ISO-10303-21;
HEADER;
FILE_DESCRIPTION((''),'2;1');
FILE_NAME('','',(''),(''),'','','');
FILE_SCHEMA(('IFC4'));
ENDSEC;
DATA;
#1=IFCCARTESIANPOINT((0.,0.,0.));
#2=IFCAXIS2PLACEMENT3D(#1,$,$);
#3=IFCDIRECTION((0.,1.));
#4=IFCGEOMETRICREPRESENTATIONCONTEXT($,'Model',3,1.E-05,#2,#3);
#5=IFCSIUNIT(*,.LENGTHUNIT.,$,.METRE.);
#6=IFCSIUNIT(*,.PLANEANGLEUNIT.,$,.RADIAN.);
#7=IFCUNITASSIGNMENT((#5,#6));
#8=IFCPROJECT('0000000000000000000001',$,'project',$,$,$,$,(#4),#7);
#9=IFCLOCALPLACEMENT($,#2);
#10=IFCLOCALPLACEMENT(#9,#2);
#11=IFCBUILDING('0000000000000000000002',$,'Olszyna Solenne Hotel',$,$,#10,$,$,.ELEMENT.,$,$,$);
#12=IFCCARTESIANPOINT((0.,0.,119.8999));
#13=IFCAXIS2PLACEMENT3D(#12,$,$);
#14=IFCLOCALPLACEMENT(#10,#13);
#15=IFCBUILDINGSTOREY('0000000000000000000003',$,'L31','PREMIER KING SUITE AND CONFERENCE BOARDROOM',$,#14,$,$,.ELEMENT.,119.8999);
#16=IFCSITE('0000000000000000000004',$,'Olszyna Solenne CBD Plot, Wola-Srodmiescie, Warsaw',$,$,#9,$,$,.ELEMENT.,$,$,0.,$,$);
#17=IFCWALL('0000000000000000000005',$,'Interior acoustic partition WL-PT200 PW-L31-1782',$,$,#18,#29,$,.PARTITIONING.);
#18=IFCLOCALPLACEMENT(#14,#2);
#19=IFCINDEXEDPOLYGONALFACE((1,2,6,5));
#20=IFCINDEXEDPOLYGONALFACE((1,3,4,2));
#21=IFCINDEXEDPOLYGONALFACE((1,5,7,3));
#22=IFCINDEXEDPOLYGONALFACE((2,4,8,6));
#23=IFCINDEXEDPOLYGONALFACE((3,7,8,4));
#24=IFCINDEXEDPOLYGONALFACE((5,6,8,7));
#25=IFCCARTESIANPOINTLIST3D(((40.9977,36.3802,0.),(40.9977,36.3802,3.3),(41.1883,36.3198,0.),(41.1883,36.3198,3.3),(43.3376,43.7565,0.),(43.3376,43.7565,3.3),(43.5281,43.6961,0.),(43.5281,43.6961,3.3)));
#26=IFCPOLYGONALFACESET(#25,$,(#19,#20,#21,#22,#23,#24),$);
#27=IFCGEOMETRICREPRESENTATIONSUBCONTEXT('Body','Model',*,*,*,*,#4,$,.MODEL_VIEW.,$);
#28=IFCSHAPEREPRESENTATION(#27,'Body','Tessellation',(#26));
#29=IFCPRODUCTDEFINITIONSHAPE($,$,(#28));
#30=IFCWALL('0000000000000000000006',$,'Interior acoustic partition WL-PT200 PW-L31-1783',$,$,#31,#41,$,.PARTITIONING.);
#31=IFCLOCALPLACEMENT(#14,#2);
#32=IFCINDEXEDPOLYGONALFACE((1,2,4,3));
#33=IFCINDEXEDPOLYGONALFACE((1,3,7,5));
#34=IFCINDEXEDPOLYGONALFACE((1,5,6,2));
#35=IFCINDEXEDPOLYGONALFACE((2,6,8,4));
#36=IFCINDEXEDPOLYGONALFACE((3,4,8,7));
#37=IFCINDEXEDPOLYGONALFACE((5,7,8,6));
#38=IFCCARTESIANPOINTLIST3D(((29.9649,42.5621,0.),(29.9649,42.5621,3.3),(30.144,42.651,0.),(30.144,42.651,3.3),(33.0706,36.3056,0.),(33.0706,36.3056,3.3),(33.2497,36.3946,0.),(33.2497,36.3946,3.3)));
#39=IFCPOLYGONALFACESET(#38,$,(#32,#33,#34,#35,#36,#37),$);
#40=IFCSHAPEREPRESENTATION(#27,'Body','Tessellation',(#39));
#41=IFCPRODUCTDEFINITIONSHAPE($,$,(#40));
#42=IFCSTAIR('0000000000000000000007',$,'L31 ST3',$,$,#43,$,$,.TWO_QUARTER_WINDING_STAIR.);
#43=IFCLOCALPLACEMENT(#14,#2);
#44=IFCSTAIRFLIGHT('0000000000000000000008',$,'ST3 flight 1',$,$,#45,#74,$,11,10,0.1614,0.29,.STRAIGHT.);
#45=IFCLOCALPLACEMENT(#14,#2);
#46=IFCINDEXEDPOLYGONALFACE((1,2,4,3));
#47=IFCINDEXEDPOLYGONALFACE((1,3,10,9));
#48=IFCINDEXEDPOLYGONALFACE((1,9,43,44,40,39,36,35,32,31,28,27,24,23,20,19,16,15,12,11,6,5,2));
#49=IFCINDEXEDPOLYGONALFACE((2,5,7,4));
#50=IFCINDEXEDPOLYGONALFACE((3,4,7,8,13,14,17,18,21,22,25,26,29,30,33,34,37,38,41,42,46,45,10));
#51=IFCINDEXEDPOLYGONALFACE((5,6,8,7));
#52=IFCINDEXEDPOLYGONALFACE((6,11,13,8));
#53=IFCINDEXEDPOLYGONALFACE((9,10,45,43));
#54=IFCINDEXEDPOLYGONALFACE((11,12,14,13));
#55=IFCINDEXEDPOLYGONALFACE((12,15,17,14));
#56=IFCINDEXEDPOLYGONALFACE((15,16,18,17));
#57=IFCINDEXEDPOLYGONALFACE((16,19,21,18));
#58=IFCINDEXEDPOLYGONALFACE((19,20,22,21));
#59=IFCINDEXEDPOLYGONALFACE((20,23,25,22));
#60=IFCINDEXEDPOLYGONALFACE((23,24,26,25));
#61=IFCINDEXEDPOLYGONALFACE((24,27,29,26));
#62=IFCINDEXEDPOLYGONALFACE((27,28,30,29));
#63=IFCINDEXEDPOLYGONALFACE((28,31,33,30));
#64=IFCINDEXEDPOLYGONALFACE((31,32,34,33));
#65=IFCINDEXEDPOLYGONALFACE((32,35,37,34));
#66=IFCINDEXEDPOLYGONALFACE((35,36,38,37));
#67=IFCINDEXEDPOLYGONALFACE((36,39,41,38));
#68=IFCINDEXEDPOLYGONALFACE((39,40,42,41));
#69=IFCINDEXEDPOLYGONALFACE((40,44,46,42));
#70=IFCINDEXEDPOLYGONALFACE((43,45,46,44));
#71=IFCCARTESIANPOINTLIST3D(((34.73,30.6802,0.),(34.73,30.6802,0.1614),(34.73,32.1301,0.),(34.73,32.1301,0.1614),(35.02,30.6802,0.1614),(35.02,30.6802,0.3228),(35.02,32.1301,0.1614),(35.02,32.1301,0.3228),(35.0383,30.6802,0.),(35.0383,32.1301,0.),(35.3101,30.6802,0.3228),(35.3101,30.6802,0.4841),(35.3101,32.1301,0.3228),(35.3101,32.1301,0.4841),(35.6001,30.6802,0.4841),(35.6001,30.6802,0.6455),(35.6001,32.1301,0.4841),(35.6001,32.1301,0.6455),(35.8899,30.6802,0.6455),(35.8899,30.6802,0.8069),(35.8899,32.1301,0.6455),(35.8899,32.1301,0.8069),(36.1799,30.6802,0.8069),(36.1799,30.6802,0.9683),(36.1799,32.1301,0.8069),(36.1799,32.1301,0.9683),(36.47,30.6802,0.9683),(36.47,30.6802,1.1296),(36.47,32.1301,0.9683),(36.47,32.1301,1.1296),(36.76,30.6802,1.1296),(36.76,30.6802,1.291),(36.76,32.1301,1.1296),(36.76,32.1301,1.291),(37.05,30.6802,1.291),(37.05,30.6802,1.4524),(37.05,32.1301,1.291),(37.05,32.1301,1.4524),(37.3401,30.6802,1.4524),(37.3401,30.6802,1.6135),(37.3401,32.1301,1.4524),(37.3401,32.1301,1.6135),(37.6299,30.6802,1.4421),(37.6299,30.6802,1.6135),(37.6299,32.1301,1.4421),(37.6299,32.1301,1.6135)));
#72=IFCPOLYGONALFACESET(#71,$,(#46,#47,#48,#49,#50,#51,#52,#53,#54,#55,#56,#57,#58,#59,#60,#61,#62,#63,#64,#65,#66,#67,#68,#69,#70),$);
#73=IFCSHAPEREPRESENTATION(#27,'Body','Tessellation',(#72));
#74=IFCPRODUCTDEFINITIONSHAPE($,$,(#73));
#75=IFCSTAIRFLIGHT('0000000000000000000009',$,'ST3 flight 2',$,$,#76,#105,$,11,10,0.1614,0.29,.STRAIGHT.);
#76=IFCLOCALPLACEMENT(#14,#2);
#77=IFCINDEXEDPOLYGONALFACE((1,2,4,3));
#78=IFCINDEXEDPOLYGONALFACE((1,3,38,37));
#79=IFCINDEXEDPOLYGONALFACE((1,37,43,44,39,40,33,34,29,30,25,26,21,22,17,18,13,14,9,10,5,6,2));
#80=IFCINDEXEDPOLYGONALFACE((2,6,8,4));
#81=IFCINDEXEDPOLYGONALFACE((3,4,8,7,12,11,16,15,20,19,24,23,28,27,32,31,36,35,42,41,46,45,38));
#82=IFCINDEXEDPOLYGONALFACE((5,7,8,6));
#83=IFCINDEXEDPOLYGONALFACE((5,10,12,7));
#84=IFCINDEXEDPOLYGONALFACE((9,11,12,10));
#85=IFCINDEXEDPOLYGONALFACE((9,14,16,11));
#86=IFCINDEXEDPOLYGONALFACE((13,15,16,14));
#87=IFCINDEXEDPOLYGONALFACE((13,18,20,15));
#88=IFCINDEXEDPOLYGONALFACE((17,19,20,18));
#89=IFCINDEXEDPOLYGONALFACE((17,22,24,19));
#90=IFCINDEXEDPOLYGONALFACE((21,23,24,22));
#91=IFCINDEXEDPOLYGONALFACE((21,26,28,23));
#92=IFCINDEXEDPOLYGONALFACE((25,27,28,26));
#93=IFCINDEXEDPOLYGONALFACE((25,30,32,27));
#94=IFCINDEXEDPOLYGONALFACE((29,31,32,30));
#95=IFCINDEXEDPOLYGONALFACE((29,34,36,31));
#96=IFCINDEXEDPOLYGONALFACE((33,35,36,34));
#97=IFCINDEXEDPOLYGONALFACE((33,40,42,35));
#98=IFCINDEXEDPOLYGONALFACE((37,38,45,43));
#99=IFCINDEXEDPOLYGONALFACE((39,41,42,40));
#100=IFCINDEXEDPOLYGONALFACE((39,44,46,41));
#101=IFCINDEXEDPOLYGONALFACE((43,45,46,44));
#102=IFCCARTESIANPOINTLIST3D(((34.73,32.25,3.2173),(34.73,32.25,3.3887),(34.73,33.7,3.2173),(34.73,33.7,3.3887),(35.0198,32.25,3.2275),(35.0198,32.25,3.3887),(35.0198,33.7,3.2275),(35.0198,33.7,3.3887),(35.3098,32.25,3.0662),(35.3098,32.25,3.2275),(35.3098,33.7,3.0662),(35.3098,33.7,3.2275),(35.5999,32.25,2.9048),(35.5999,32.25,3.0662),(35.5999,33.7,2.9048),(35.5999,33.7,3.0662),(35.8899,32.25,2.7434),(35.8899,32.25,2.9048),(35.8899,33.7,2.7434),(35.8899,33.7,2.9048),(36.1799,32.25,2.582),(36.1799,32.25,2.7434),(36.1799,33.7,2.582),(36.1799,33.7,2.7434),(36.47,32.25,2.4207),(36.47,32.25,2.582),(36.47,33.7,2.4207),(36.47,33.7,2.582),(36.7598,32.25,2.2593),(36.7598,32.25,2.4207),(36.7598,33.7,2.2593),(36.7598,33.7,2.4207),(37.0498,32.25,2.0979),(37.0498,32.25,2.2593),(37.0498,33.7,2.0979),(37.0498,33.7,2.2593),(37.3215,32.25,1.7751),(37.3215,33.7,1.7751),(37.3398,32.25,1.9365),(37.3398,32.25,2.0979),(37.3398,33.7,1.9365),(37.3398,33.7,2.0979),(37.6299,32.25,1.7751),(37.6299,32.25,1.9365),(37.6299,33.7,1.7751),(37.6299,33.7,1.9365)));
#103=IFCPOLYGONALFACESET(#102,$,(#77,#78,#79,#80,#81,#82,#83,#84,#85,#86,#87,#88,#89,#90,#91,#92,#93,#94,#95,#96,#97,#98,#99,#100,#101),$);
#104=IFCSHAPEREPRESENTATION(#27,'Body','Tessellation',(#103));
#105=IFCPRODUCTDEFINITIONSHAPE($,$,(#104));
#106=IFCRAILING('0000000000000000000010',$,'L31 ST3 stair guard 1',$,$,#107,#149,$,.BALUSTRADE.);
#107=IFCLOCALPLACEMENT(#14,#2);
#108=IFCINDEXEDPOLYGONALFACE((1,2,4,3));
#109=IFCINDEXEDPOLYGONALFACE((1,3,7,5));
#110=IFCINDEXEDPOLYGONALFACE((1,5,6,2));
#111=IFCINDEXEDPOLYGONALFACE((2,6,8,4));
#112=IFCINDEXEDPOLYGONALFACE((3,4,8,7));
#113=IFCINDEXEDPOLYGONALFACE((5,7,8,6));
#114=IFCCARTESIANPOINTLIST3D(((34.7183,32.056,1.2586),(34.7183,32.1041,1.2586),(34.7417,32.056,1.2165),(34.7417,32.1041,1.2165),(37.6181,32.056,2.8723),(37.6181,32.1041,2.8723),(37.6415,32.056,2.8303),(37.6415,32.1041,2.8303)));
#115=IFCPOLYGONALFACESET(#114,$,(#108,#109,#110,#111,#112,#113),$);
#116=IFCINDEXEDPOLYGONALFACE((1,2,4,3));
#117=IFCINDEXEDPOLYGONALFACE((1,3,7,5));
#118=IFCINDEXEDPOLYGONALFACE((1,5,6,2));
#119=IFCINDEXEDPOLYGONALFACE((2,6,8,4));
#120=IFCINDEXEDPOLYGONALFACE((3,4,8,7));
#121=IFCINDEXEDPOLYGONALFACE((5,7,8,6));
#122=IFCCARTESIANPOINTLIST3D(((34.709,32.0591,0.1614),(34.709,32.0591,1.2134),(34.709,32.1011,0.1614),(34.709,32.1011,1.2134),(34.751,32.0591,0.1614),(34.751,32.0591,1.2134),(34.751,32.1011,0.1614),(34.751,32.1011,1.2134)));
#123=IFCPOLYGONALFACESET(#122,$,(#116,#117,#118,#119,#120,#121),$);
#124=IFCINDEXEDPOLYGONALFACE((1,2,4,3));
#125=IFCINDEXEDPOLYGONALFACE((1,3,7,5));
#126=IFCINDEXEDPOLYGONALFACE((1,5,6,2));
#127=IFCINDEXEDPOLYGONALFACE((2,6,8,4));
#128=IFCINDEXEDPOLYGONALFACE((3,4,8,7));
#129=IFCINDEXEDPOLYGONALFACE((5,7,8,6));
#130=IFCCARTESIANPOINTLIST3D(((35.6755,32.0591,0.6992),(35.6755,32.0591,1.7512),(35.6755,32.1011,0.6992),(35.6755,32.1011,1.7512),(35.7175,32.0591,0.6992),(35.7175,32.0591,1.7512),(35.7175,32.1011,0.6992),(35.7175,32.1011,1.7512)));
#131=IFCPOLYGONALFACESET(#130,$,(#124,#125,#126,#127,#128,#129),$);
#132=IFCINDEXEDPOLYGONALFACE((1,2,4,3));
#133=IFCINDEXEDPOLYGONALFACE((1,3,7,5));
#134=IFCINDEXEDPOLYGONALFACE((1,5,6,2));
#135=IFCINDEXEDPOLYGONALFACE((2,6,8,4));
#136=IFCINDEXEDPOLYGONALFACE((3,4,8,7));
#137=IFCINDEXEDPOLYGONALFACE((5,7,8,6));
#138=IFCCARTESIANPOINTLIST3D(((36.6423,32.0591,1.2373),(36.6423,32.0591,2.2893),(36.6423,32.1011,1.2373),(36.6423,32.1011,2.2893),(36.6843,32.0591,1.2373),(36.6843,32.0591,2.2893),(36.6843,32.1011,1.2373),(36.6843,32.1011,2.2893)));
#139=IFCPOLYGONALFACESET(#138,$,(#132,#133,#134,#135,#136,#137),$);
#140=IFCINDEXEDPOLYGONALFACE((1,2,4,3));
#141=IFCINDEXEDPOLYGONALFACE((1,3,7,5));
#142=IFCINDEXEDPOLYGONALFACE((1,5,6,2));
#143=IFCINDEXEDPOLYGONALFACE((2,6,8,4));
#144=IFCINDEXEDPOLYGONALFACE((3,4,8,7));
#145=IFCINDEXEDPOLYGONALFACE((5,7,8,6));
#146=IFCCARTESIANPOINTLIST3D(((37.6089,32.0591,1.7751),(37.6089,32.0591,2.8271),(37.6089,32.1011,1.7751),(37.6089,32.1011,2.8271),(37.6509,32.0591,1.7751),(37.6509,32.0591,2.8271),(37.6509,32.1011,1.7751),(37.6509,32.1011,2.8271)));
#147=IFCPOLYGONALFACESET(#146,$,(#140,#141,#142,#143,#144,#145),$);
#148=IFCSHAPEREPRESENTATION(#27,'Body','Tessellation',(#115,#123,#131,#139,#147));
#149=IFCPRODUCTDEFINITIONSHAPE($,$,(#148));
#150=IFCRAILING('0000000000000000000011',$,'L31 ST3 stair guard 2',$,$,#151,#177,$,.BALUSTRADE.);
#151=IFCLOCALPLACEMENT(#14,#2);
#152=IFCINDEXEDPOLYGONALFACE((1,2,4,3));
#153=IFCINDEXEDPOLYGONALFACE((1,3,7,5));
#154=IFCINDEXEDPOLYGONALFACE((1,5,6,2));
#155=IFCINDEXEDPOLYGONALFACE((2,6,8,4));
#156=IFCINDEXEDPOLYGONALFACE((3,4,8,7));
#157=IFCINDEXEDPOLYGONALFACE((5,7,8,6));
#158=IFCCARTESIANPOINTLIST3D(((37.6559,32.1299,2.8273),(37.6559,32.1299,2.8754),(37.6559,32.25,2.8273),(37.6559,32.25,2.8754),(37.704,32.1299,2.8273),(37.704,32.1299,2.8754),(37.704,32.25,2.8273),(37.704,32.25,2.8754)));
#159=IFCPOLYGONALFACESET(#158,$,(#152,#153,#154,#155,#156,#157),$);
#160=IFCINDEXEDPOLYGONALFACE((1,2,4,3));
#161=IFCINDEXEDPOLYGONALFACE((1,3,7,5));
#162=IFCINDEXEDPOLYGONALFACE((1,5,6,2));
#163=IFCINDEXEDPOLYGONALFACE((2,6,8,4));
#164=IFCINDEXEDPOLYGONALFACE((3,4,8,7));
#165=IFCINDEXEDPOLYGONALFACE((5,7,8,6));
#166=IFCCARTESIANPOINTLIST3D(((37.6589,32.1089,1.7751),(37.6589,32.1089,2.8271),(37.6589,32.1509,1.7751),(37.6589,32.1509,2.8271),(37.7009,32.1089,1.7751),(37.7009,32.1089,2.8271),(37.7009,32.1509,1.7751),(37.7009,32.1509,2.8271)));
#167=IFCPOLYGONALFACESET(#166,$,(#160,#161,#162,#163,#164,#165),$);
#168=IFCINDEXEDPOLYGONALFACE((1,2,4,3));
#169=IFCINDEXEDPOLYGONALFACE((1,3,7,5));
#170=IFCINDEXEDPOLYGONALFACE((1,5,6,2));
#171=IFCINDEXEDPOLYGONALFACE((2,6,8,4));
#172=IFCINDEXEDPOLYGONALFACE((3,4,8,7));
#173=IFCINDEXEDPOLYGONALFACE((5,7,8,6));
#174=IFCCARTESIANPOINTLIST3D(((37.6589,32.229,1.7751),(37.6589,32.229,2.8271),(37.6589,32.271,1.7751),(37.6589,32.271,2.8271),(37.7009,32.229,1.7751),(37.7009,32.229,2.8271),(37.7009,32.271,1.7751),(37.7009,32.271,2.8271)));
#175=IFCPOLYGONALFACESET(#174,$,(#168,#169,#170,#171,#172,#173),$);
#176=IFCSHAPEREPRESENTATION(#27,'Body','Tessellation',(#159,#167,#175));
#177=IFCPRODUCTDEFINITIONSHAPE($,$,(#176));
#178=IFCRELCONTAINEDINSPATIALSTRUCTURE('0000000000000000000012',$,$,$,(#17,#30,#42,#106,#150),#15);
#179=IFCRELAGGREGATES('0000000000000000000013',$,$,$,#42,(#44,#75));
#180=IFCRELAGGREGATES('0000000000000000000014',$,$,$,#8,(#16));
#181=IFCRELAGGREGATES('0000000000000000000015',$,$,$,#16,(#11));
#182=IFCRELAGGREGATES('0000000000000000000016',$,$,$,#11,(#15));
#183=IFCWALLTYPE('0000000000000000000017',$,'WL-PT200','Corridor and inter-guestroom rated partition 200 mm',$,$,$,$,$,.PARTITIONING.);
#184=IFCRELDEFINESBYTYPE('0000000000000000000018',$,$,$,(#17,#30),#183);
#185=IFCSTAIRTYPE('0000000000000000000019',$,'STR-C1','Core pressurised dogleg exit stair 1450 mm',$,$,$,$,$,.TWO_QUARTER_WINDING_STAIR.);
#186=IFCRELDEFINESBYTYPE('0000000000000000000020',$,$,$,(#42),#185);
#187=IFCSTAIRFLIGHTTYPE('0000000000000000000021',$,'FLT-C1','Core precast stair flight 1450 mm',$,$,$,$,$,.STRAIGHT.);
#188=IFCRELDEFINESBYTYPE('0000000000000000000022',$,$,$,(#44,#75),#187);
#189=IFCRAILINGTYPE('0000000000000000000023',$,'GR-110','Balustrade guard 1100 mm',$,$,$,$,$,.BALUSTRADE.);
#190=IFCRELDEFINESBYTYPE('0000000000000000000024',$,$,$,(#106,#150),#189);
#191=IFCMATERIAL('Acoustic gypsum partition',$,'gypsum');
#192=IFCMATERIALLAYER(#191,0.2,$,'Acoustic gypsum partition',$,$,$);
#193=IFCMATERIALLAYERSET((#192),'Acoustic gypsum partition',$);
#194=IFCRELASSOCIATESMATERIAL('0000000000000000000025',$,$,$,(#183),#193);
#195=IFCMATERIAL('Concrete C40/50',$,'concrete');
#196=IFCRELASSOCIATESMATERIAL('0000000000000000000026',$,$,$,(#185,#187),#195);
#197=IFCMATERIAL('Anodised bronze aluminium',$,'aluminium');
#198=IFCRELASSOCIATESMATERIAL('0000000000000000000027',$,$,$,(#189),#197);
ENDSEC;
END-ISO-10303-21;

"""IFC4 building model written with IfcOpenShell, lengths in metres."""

from ifc_helpers import new_model, si_unit, direction, frame, frame_2d, origin, origin_2d, place, context, subcontext, project, spatial, polyline, rectangle, outline, extrude, material, layer, layer_set, type_object, element, aggregate, save


model = new_model("IFC4")

# Units and contexts
model_context = context("Model", 3, precision=1e-05, world=origin(), true_north=direction((0.0, 1.0)))
body_context = subcontext(model_context, "Body", "Model", "MODEL_VIEW")
ifc_project = project(units=[si_unit("LENGTHUNIT", "METRE"), si_unit("PLANEANGLEUNIT", "RADIAN")], contexts=[model_context])

# Site, building, storey
site_placement = place(None, origin())
site = spatial("IfcSite", under=ifc_project, at=site_placement, Name="Olszyna Solenne CBD Plot, Wola-Srodmiescie, Warsaw", CompositionType="ELEMENT", RefElevation=0.0)
building_placement = place(site_placement, origin())
building = spatial("IfcBuilding", under=site, at=building_placement, Name="Olszyna Solenne Hotel", CompositionType="ELEMENT")
storey_placement = place(building_placement, frame((0.0, 0.0, 119.8999)))
storey = spatial("IfcBuildingStorey", under=building, at=storey_placement, Name="L31", Description="PREMIER KING SUITE AND CONFERENCE BOARDROOM", CompositionType="ELEMENT", Elevation=119.8999)

# Shared definitions
ifc_material_1 = material(Name="Anodised bronze aluminium", Category="aluminium")

# Shared definitions
ifc_material_2 = material(Name="Acoustic gypsum partition", Category="gypsum")

# Walls
ifc_layer_1 = layer(ifc_material_2, 0.2, Name="Acoustic gypsum partition")
ifc_layer_set_1 = layer_set([ifc_layer_1], Name="Acoustic gypsum partition")
wall_type_1 = type_object("IfcWallType", Name="WL-PT200", Description="Corridor and inter-guestroom rated partition 200 mm", PredefinedType="PARTITIONING", material=ifc_layer_set_1)
wall_1_placement = place(storey_placement, frame((41.093, 36.3501, 0.0), z_axis=(0.0, 0.0, 1.0), x_axis=(0.302366, 0.953192, 0.0)))
element("IfcWall", 1, at=wall_1_placement, inside=storey, type_object=wall_type_1, Name="Interior acoustic partition WL-PT200 PW-L31-1782", PredefinedType="PARTITIONING", context=body_context, shape_type="SweptSolid", body=[
    extrude(rectangle(XDim=7.7385, YDim=0.2, at=frame_2d((3.8691, 0.0))), origin(), (0.0, 0.0, 1.0), 3.3),
])
wall_2_placement = place(storey_placement, frame((33.1602, 36.3501, 0.0), z_axis=(0.0, 0.0, 1.0), x_axis=(-0.444639, 0.89571, 0.0)))
element("IfcWall", 2, at=wall_2_placement, inside=storey, type_object=wall_type_1, Name="Interior acoustic partition WL-PT200 PW-L31-1783", PredefinedType="PARTITIONING", context=body_context, shape_type="SweptSolid", body=[
    extrude(rectangle(XDim=6.9849, YDim=0.2, at=frame_2d((3.4924, 0.0))), origin(), (0.0, 0.0, 1.0), 3.3),
])

# Stair, stair flights
ifc_material_3 = material(Name="Concrete C40/50", Category="concrete")
stair_type = type_object("IfcStairType", Name="STR-C1", Description="Core pressurised dogleg exit stair 1450 mm", PredefinedType="TWO_QUARTER_WINDING_STAIR", material=ifc_material_3)
stair_placement = place(storey_placement, origin())
stair = element("IfcStair", 3, at=stair_placement, inside=storey, type_object=stair_type, Name="L31 ST3", PredefinedType="TWO_QUARTER_WINDING_STAIR")
stair_flight_type = type_object("IfcStairFlightType", Name="FLT-C1", Description="Core precast stair flight 1450 mm", PredefinedType="STRAIGHT", material=ifc_material_3)
stair_flight_1_placement = place(storey_placement, frame((34.73, 31.405, 0.0), z_axis=(0.0, 0.0, 1.0), x_axis=(1.0, 0.0, 0.0)))
stair_flight_1 = element("IfcStairFlight", 4, at=stair_flight_1_placement, type_object=stair_flight_type, Name="ST3 flight 1", NumberOfRisers=11, NumberOfTreads=10, PredefinedType="STRAIGHT", RiserHeight=0.1614, TreadLength=0.29, context=body_context, shape_type="SweptSolid", body=[
    extrude(outline(polyline([(0.0, 0.0), (0.0, 0.1614), (0.29, 0.1614), (0.29, 0.3228), (0.5801, 0.3228), (0.5801, 0.4841), (0.8701, 0.4841), (0.8701, 0.6455), (1.1599, 0.6455), (1.1599, 0.8069), (1.45, 0.8069), (1.45, 0.9683), (1.74, 0.9683), (1.74, 1.1296), (2.03, 1.1296), (2.03, 1.291), (2.3201, 1.291), (2.3201, 1.4524), (2.6101, 1.4524), (2.6101, 1.6135), (2.8999, 1.6135), (2.8999, 1.7749), (2.8999, 1.4421), (0.3083, 0.0), (0.0, 0.0)])), frame((0.0, 0.7251, 0.0), z_axis=(0.0, -1.0, 0.0), x_axis=(1.0, 0.0, 0.0)), (0.0, 0.0, 1.0), 1.45),
])
stair_flight_2_placement = place(storey_placement, frame((37.6299, 32.9751, 1.7751), z_axis=(0.0, 0.0, 1.0), x_axis=(-1.0, 0.0, 0.0)))
stair_flight_2 = element("IfcStairFlight", 5, at=stair_flight_2_placement, type_object=stair_flight_type, Name="ST3 flight 2", NumberOfRisers=11, NumberOfTreads=10, PredefinedType="STRAIGHT", RiserHeight=0.1614, TreadLength=0.29, context=body_context, shape_type="SweptSolid", body=[
    extrude(outline(polyline([(0.0, 0.0), (0.0, 0.1614), (0.29, 0.1614), (0.29, 0.3228), (0.5801, 0.3228), (0.5801, 0.4841), (0.8701, 0.4841), (0.8701, 0.6455), (1.1599, 0.6455), (1.1599, 0.8069), (1.45, 0.8069), (1.45, 0.9683), (1.74, 0.9683), (1.74, 1.1296), (2.03, 1.1296), (2.03, 1.291), (2.3201, 1.291), (2.3201, 1.4524), (2.6101, 1.4524), (2.6101, 1.6135), (2.8999, 1.6135), (2.8999, 1.7749), (2.8999, 1.4421), (0.3083, 0.0), (0.0, 0.0)])), frame((0.0, 0.7251, 0.0), z_axis=(0.0, -1.0, 0.0), x_axis=(1.0, 0.0, 0.0)), (0.0, 0.0, 1.0), 1.45),
])
aggregate(stair, [stair_flight_1, stair_flight_2])

# Railings
railing_type_1 = type_object("IfcRailingType", Name="GR-110", Description="Balustrade guard 1100 mm", PredefinedType="BALUSTRADE", material=ifc_material_1)
railing_1_placement = place(storey_placement, frame((34.73, 32.0801, 0.1614)))
element("IfcRailing", 6, at=railing_1_placement, inside=storey, type_object=railing_type_1, Name="L31 ST3 stair guard 1", PredefinedType="BALUSTRADE", context=body_context, shape_type="SweptSolid", body=[
    extrude(rectangle(XDim=0.0481, YDim=0.0481, at=origin_2d()), frame((0.0, 0.0, 1.0762), z_axis=(0.87381, 0.0, 0.486267), x_axis=(0.0, 1.0, 0.0)), (0.0, 0.0, 1.0), 3.3186),
    extrude(rectangle(XDim=0.042, YDim=0.042, at=origin_2d()), origin(), (0.0, 0.0, 1.0), 1.052),
    extrude(rectangle(XDim=0.042, YDim=0.042, at=origin_2d()), frame((0.9666, 0.0, 0.5378)), (0.0, 0.0, 1.0), 1.052),
    extrude(rectangle(XDim=0.042, YDim=0.042, at=origin_2d()), frame((1.9333, 0.0, 1.0759)), (0.0, 0.0, 1.0), 1.052),
    extrude(rectangle(XDim=0.042, YDim=0.042, at=origin_2d()), frame((2.8999, 0.0, 1.6138)), (0.0, 0.0, 1.0), 1.052),
])
railing_2_placement = place(storey_placement, frame((37.6799, 32.1299, 1.7751)))
element("IfcRailing", 7, at=railing_2_placement, inside=storey, type_object=railing_type_1, Name="L31 ST3 stair guard 2", PredefinedType="BALUSTRADE", context=body_context, shape_type="SweptSolid", body=[
    extrude(rectangle(XDim=0.0481, YDim=0.0481, at=origin_2d()), frame((0.0, 0.0, 1.0762), z_axis=(0.0, 1.0, 0.0), x_axis=(-1.0, 0.0, 0.0)), (0.0, 0.0, 1.0), 0.1201),
    extrude(rectangle(XDim=0.042, YDim=0.042, at=origin_2d()), origin(), (0.0, 0.0, 1.0), 1.052),
    extrude(rectangle(XDim=0.042, YDim=0.042, at=origin_2d()), frame((0.0, 0.1201, 0.0)), (0.0, 0.0, 1.0), 1.052),
])

save(model, "model.ifc")
